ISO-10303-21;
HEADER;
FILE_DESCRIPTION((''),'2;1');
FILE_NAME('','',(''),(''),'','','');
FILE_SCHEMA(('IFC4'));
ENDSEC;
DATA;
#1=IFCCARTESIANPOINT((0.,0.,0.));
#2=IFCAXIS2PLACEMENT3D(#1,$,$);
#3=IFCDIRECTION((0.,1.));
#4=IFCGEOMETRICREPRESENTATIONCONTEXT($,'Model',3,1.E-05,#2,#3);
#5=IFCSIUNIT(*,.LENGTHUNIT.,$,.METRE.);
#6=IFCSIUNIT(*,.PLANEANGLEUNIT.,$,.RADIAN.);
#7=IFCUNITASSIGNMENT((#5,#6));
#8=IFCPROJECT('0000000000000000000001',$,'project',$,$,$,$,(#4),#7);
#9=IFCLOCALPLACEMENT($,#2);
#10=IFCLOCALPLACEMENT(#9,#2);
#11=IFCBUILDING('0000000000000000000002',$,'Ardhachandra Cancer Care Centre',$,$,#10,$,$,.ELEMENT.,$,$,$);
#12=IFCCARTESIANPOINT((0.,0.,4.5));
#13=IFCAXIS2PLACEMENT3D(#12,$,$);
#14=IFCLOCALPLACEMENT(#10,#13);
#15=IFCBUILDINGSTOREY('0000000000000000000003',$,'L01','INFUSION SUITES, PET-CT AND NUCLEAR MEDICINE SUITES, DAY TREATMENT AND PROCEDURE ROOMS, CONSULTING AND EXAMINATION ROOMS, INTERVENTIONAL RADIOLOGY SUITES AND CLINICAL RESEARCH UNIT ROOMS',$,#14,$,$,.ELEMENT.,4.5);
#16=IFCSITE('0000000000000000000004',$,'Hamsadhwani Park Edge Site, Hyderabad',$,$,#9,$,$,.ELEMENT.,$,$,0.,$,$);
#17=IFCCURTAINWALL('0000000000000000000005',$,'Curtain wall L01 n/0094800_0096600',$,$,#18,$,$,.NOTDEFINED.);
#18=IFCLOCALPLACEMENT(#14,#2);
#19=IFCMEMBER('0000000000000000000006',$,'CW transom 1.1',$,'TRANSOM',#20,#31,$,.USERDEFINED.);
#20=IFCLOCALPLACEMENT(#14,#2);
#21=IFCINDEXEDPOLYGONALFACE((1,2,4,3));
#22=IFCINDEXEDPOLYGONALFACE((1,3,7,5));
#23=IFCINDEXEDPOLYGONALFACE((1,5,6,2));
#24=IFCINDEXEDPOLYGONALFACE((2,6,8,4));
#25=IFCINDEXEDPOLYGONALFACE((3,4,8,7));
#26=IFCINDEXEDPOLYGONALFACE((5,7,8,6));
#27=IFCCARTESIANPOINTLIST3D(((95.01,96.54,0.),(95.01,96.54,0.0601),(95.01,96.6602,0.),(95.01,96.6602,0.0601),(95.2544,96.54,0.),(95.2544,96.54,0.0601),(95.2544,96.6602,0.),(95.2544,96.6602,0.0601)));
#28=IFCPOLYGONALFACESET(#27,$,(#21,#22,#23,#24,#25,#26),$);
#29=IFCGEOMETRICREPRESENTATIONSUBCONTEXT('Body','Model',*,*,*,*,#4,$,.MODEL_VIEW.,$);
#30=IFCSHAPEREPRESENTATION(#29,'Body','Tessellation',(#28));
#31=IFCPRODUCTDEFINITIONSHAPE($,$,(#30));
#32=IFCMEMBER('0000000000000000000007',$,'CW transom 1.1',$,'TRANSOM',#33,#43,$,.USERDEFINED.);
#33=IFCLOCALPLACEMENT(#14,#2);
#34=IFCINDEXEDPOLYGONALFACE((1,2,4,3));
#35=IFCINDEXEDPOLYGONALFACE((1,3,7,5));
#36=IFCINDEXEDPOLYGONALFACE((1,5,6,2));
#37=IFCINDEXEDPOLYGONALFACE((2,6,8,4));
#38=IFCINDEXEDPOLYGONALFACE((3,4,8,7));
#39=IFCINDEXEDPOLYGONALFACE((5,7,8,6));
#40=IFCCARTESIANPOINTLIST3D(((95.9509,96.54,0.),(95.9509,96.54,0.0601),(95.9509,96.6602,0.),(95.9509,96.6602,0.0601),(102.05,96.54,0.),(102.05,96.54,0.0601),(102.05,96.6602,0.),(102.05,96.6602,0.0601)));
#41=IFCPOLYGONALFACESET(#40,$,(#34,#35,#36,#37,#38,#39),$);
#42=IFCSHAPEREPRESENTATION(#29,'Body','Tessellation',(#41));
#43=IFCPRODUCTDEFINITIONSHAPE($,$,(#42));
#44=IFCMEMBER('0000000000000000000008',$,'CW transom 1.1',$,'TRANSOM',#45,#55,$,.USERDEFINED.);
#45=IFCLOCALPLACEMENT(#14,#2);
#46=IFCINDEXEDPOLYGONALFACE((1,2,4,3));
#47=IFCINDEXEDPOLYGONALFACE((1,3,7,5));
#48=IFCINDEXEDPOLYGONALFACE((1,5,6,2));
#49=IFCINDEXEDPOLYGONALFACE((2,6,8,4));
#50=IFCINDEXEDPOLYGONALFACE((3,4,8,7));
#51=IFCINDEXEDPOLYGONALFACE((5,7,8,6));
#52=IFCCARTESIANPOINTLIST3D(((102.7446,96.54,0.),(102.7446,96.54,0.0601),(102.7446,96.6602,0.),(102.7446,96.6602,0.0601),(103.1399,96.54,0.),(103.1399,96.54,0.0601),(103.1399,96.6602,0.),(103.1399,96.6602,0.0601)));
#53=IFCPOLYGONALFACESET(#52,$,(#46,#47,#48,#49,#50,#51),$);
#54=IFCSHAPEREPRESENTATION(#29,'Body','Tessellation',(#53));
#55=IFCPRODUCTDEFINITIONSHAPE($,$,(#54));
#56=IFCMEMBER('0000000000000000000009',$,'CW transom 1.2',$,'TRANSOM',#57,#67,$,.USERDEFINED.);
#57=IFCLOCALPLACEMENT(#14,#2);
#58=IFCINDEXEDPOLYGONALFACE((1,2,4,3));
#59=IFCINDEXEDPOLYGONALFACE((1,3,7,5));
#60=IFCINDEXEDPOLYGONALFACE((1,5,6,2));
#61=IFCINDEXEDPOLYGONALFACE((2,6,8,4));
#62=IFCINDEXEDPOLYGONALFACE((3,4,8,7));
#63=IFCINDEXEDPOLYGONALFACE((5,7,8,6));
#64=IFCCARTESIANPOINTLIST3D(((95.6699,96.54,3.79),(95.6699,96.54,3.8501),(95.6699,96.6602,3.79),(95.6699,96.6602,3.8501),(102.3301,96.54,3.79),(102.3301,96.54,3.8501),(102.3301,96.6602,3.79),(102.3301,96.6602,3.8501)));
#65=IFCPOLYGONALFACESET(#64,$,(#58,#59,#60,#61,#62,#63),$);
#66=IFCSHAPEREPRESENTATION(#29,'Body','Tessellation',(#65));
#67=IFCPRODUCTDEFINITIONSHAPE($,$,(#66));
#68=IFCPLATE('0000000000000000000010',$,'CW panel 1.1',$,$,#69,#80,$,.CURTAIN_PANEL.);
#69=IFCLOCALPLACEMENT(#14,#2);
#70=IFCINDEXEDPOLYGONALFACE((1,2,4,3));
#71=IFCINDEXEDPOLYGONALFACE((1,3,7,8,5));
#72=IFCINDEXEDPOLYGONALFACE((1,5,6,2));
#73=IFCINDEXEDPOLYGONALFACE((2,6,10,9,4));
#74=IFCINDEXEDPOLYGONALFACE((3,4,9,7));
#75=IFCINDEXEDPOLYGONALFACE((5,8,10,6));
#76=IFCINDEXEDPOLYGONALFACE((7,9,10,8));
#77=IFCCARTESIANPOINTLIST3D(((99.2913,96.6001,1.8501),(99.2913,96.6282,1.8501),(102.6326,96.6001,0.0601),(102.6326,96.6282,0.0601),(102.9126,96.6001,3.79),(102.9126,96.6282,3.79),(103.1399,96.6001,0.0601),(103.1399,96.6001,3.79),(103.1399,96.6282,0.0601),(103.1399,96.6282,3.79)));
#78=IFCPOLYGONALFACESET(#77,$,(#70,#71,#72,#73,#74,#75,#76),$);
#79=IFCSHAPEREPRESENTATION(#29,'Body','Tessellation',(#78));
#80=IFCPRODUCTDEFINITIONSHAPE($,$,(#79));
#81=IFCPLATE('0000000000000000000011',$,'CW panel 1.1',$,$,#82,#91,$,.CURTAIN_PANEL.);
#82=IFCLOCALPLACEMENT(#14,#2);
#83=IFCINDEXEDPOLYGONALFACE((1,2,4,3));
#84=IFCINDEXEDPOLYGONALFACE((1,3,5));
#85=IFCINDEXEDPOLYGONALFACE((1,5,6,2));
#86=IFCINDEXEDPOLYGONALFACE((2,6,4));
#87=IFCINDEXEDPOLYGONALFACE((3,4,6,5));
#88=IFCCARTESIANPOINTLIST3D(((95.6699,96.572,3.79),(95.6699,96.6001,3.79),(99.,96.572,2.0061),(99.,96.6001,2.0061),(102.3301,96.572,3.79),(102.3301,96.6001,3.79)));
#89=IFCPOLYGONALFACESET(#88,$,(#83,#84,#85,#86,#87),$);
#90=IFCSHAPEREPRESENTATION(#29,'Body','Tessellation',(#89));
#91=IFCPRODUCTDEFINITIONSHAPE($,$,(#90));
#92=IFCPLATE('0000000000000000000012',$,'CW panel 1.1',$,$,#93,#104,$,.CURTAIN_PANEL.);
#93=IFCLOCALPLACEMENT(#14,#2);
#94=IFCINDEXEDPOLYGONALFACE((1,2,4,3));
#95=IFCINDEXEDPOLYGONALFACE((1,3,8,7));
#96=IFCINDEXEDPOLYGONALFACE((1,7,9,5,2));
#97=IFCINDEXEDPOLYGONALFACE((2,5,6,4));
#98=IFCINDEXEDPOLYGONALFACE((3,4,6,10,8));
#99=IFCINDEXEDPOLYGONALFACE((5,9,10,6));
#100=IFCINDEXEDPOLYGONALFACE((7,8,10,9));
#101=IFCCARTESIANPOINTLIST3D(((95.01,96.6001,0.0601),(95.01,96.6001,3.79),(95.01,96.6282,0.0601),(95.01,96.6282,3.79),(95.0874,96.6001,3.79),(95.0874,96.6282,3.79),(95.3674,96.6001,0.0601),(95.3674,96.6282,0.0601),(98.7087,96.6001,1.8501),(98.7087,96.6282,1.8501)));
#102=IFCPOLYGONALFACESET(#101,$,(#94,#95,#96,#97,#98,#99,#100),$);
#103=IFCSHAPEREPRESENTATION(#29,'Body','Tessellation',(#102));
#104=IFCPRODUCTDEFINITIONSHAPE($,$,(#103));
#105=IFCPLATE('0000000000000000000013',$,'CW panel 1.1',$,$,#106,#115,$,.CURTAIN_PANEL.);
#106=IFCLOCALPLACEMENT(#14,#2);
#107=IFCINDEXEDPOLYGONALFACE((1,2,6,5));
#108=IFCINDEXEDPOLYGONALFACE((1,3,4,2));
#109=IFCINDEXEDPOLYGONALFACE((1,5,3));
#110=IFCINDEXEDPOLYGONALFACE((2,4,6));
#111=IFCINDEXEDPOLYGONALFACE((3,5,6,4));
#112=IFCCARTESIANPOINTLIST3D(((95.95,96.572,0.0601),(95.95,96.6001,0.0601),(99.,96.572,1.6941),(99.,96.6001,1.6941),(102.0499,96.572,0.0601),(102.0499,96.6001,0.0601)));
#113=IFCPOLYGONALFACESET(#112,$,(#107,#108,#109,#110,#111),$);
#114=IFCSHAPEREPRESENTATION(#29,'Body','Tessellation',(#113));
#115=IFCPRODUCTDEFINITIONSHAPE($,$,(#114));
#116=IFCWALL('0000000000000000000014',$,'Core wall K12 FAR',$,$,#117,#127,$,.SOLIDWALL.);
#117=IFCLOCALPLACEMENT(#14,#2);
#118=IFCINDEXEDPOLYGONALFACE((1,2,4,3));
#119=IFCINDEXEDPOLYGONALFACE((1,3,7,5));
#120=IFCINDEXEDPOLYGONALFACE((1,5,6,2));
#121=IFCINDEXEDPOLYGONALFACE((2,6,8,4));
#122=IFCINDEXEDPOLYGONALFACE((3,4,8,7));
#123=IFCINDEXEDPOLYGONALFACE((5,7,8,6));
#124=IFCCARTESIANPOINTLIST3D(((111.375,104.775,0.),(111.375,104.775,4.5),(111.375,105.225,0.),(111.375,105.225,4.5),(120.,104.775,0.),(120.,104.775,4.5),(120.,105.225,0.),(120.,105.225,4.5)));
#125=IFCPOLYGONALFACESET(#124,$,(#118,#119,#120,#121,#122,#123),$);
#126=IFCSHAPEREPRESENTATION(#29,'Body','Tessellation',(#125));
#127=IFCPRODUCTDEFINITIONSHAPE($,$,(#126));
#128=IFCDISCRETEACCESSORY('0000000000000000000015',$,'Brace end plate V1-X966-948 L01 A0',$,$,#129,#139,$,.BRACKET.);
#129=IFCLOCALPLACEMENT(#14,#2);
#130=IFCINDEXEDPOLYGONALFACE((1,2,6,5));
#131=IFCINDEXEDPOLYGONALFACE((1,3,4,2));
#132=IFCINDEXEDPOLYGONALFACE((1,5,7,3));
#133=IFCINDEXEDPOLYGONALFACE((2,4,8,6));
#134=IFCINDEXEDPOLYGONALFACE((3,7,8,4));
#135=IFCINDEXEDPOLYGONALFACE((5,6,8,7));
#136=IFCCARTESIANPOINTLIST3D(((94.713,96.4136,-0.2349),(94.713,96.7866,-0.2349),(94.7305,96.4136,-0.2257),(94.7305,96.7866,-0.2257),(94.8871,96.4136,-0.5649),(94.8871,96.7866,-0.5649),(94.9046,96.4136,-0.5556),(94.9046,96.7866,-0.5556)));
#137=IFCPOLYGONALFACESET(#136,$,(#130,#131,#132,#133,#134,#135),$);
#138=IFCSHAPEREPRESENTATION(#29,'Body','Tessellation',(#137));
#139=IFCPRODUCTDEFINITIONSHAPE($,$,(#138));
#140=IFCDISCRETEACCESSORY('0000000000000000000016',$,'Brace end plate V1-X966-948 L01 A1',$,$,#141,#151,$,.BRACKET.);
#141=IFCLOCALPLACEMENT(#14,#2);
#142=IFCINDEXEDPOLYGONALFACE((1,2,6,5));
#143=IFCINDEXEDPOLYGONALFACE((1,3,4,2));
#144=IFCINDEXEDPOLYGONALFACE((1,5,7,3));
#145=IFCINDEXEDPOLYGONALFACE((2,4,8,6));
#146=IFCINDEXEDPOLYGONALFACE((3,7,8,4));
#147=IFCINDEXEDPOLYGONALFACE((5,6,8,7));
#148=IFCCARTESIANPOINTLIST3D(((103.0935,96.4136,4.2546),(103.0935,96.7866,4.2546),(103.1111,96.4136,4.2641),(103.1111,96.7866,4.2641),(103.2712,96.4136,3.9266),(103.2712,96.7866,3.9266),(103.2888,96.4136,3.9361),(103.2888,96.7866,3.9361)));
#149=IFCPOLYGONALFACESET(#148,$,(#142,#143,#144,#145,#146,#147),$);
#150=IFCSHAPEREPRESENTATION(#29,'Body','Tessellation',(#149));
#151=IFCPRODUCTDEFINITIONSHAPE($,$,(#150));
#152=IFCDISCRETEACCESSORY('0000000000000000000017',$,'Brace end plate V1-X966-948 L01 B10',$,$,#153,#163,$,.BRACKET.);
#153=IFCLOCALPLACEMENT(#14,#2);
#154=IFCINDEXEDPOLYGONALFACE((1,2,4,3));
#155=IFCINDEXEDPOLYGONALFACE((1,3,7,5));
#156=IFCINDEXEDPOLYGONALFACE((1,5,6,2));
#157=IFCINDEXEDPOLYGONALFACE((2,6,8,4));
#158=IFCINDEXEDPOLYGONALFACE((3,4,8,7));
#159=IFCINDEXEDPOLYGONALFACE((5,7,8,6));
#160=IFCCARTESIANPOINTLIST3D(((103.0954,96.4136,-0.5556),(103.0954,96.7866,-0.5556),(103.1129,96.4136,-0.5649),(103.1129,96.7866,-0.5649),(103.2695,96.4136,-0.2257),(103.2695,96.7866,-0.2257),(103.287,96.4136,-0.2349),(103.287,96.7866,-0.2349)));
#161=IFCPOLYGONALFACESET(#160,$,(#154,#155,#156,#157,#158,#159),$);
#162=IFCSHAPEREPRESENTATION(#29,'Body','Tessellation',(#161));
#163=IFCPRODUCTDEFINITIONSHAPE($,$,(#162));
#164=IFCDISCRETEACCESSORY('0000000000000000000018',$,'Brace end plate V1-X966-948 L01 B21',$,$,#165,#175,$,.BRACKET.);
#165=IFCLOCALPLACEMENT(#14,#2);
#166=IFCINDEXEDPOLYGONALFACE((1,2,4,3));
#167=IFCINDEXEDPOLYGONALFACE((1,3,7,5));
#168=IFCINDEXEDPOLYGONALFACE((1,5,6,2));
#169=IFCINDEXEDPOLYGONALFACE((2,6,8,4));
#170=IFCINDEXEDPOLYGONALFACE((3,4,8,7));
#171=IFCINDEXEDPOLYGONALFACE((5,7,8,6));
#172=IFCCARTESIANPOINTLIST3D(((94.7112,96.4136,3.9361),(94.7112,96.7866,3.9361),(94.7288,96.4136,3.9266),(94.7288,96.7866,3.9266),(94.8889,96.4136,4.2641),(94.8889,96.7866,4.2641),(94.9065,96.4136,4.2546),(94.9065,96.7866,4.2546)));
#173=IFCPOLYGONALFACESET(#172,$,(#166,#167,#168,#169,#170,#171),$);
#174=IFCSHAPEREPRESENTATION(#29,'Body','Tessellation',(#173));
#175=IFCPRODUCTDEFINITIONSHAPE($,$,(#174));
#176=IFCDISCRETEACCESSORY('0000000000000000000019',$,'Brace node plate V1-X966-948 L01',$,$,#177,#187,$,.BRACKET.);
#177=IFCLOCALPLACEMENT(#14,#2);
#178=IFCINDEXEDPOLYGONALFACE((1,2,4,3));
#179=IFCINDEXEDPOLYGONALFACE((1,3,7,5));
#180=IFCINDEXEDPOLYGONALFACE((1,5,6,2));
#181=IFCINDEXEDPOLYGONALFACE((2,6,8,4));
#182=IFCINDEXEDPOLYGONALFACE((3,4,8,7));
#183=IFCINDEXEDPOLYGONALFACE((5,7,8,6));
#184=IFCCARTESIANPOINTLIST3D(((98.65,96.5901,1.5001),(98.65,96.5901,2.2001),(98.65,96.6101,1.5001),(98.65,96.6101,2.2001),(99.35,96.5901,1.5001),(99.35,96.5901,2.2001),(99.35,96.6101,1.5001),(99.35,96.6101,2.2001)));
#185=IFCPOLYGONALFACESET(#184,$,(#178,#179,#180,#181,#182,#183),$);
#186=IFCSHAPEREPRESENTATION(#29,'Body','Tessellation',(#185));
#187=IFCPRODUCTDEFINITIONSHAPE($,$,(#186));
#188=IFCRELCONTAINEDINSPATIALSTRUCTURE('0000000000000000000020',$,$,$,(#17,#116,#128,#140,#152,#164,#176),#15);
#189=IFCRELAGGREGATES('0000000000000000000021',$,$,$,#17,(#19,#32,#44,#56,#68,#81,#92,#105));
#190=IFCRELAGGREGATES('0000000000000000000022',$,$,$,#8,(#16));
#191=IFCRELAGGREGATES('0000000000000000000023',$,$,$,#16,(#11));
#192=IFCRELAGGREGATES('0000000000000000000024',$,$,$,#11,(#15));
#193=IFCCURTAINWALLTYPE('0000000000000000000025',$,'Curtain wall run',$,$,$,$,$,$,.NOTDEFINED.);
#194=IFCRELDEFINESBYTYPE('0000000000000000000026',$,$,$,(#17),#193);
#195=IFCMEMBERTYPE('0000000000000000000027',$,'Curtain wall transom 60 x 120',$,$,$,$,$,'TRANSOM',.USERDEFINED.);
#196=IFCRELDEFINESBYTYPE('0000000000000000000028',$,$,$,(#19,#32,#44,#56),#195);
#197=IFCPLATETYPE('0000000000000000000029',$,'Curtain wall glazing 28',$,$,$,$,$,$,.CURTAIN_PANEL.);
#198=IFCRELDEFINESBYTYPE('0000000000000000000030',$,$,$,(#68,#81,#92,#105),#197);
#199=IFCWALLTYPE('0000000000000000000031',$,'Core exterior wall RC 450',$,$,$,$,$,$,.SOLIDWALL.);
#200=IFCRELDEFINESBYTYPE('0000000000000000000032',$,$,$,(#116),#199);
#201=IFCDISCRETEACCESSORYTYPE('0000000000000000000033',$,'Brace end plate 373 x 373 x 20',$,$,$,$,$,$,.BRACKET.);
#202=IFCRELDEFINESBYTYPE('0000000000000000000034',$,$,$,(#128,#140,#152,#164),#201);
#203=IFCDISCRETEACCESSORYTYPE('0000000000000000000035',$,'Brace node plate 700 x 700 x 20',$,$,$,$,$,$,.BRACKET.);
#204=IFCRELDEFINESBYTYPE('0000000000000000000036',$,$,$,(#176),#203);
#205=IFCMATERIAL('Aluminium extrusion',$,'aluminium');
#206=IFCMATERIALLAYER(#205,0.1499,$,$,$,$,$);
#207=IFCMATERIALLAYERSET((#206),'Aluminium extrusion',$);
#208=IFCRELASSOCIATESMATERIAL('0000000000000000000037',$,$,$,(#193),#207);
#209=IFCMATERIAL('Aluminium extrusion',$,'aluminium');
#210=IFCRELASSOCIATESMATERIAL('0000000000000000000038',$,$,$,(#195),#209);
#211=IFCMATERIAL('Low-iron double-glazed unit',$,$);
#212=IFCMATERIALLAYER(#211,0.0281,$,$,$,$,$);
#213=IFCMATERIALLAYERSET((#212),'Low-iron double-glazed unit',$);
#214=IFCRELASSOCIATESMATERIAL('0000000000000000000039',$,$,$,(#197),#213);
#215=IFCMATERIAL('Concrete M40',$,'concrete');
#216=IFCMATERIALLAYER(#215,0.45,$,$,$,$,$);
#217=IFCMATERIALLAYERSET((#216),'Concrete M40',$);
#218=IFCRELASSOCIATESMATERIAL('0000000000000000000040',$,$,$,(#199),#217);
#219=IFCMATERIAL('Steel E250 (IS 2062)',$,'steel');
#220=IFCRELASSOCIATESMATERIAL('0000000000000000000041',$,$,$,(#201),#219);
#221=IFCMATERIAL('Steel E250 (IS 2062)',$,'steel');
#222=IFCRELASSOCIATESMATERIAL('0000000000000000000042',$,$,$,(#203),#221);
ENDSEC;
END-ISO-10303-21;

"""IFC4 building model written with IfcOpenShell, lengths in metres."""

from ifc_helpers import new_model, si_unit, direction, frame, frame_2d, origin, origin_2d, place, context, subcontext, project, spatial, polyline, rectangle, outline, extrude, material, layer, layer_set, material_profile, profile_set, type_object, element, aggregate, save


model = new_model("IFC4")

# Units and contexts
model_context = context("Model", 3, precision=1e-05, world=origin(), true_north=direction((0.0, 1.0)))
body_context = subcontext(model_context, "Body", "Model", "MODEL_VIEW")
ifc_project = project(units=[si_unit("LENGTHUNIT", "METRE"), si_unit("PLANEANGLEUNIT", "RADIAN")], contexts=[model_context])

# Site, building, storey
site_placement = place(None, origin())
site = spatial("IfcSite", under=ifc_project, at=site_placement, Name="Hamsadhwani Park Edge Site, Hyderabad", CompositionType="ELEMENT", RefElevation=0.0)
building_placement = place(site_placement, origin())
building = spatial("IfcBuilding", under=site, at=building_placement, Name="Ardhachandra Cancer Care Centre", CompositionType="ELEMENT")
storey_placement = place(building_placement, frame((0.0, 0.0, 4.5)))
storey = spatial("IfcBuildingStorey", under=building, at=storey_placement, Name="L01", Description="INFUSION SUITES, PET-CT AND NUCLEAR MEDICINE SUITES, DAY TREATMENT AND PROCEDURE ROOMS, CONSULTING AND EXAMINATION ROOMS, INTERVENTIONAL RADIOLOGY SUITES AND CLINICAL RESEARCH UNIT ROOMS", CompositionType="ELEMENT", Elevation=4.5)

# Curtain wall, members, plates
ifc_material_1 = material(Name="Aluminium extrusion", Category="aluminium")
ifc_layer_1 = layer(ifc_material_1, 0.1499)
ifc_layer_set_1 = layer_set([ifc_layer_1], Name="Aluminium extrusion")
curtain_wall_type = type_object("IfcCurtainWallType", Name="Curtain wall run", PredefinedType="NOTDEFINED", material=ifc_layer_set_1)
curtain_wall_placement = place(storey_placement, origin())
curtain_wall = element("IfcCurtainWall", 1, at=curtain_wall_placement, inside=storey, type_object=curtain_wall_type, Name="Curtain wall L01 n/0094800_0096600", PredefinedType="NOTDEFINED")
ifc_material_2 = material(Name="Aluminium extrusion", Category="aluminium")
ifc_material_profile_1 = material_profile(ifc_material_2, rectangle(XDim=0.1201, YDim=0.0601, at=origin_2d()), Name="Curtain wall transom 60 x 120")
ifc_profile_set_1 = profile_set([ifc_material_profile_1], Name="Aluminium extrusion")
member_type_1 = type_object("IfcMemberType", Name="Curtain wall transom 60 x 120", ElementType="TRANSOM", PredefinedType="USERDEFINED", material=ifc_profile_set_1)
member_1_placement = place(storey_placement, frame((95.01, 96.6001, 0.03), z_axis=(1.0, 0.0, 0.0), x_axis=(0.0, 1.0, 0.0)))
member_1 = element("IfcMember", 2, at=member_1_placement, type_object=member_type_1, Name="CW transom 1.1", ObjectType="TRANSOM", PredefinedType="USERDEFINED", context=body_context, shape_type="SweptSolid", body=[
    extrude(rectangle(XDim=0.1201, YDim=0.0601, at=origin_2d()), origin(), (0.0, 0.0, 1.0), 0.2444),
])
member_2_placement = place(storey_placement, frame((95.9509, 96.6001, 0.03), z_axis=(1.0, 0.0, 0.0), x_axis=(0.0, 1.0, 0.0)))
member_2 = element("IfcMember", 3, at=member_2_placement, type_object=member_type_1, Name="CW transom 1.1", ObjectType="TRANSOM", PredefinedType="USERDEFINED", context=body_context, shape_type="SweptSolid", body=[
    extrude(rectangle(XDim=0.1201, YDim=0.0601, at=origin_2d()), origin(), (0.0, 0.0, 1.0), 6.0991),
])
member_3_placement = place(storey_placement, frame((102.7446, 96.6001, 0.03), z_axis=(1.0, 0.0, 0.0), x_axis=(0.0, 1.0, 0.0)))
member_3 = element("IfcMember", 4, at=member_3_placement, type_object=member_type_1, Name="CW transom 1.1", ObjectType="TRANSOM", PredefinedType="USERDEFINED", context=body_context, shape_type="SweptSolid", body=[
    extrude(rectangle(XDim=0.1201, YDim=0.0601, at=origin_2d()), origin(), (0.0, 0.0, 1.0), 0.3953),
])
member_4_placement = place(storey_placement, frame((95.6699, 96.6001, 3.8201), z_axis=(1.0, 0.0, 0.0), x_axis=(0.0, 1.0, 0.0)))
member_4 = element("IfcMember", 5, at=member_4_placement, type_object=member_type_1, Name="CW transom 1.2", ObjectType="TRANSOM", PredefinedType="USERDEFINED", context=body_context, shape_type="SweptSolid", body=[
    extrude(rectangle(XDim=0.1201, YDim=0.0601, at=origin_2d()), origin(), (0.0, 0.0, 1.0), 6.6602),
])
ifc_material_3 = material(Name="Low-iron double-glazed unit")
ifc_layer_2 = layer(ifc_material_3, 0.0281)
ifc_layer_set_2 = layer_set([ifc_layer_2], Name="Low-iron double-glazed unit")
plate_type = type_object("IfcPlateType", Name="Curtain wall glazing 28", PredefinedType="CURTAIN_PANEL", material=ifc_layer_set_2)
plate_1_placement = place(storey_placement, frame((103.1399, 96.6001, 3.79), z_axis=(0.0, 1.0, 0.0), x_axis=(0.0, 0.0, -1.0)))
plate_1 = element("IfcPlate", 6, at=plate_1_placement, type_object=plate_type, Name="CW panel 1.1", PredefinedType="CURTAIN_PANEL", context=body_context, shape_type="SweptSolid", body=[
    extrude(outline(polyline([(0.0, 0.0), (3.73, 0.0), (3.73, 0.5073), (1.9399, 3.8486), (0.0, 0.2273), (0.0, 0.0)])), origin(), (0.0, 0.0, 1.0), 0.0281),
])
plate_2_placement = place(storey_placement, frame((102.3301, 96.6001, 3.79), z_axis=(0.0, 1.0, 0.0), x_axis=(-0.881484, 0.0, -0.472214)))
plate_2 = element("IfcPlate", 7, at=plate_2_placement, type_object=plate_type, Name="CW panel 1.1", PredefinedType="CURTAIN_PANEL", context=body_context, shape_type="SweptSolid", body=[
    extrude(outline(polyline([(0.0, 0.0), (3.7778, 0.0), (5.8708, 3.145), (0.0, 0.0)])), frame((0.0, 0.0, -0.0281)), (0.0, 0.0, 1.0), 0.0281),
])
plate_3_placement = place(storey_placement, frame((95.01, 96.6001, 0.0601), z_axis=(0.0, 1.0, 0.0), x_axis=(0.0, 0.0, 1.0)))
plate_3 = element("IfcPlate", 8, at=plate_3_placement, type_object=plate_type, Name="CW panel 1.1", PredefinedType="CURTAIN_PANEL", context=body_context, shape_type="SweptSolid", body=[
    extrude(outline(polyline([(0.0, 0.0), (3.73, 0.0), (3.73, 0.0774), (1.79, 3.6987), (0.0, 0.3574), (0.0, 0.0)])), origin(), (0.0, 0.0, 1.0), 0.0281),
])
plate_4_placement = place(storey_placement, frame((95.95, 96.6001, 0.0601), z_axis=(0.0, 1.0, 0.0), x_axis=(0.881471, 0.0, 0.472239)))
plate_4 = element("IfcPlate", 9, at=plate_4_placement, type_object=plate_type, Name="CW panel 1.1", PredefinedType="CURTAIN_PANEL", context=body_context, shape_type="SweptSolid", body=[
    extrude(outline(polyline([(0.0, 0.0), (3.4602, 0.0), (5.377, 2.8806), (0.0, 0.0)])), frame((0.0, 0.0, -0.0281)), (0.0, 0.0, 1.0), 0.0281),
])
aggregate(curtain_wall, [member_1, member_2, member_3, member_4, plate_1, plate_2, plate_3, plate_4])

# Wall
ifc_material_4 = material(Name="Concrete M40", Category="concrete")
ifc_layer_3 = layer(ifc_material_4, 0.45)
ifc_layer_set_3 = layer_set([ifc_layer_3], Name="Concrete M40")
wall_type = type_object("IfcWallType", Name="Core exterior wall RC 450", PredefinedType="SOLIDWALL", material=ifc_layer_set_3)
wall_placement = place(storey_placement, frame((111.375, 105.0, 0.0), z_axis=(0.0, 0.0, 1.0), x_axis=(1.0, 0.0, 0.0)))
element("IfcWall", 10, at=wall_placement, inside=storey, type_object=wall_type, Name="Core wall K12 FAR", PredefinedType="SOLIDWALL", context=body_context, shape_type="SweptSolid", body=[
    extrude(rectangle(XDim=8.625, YDim=0.45, at=frame_2d((4.3125, 0.0))), origin(), (0.0, 0.0, 1.0), 4.5),
])

# Discrete accessories
ifc_material_5 = material(Name="Steel E250 (IS 2062)", Category="steel")
ifc_material_profile_2 = material_profile(ifc_material_5, rectangle(XDim=0.373, YDim=0.373, at=origin_2d()), Name="PL 373x373x20")
ifc_profile_set_2 = profile_set([ifc_material_profile_2], Name="Steel E250 (IS 2062)")
discrete_accessory_type_1 = type_object("IfcDiscreteAccessoryType", Name="Brace end plate 373 x 373 x 20", PredefinedType="BRACKET", material=ifc_profile_set_2)
discrete_accessory_1_placement = place(storey_placement, frame((94.8, 96.6001, -0.3999), z_axis=(0.884385, 0.0, 0.466759), x_axis=(0.0, 1.0, 0.0)))
element("IfcDiscreteAccessory", 11, at=discrete_accessory_1_placement, inside=storey, type_object=discrete_accessory_type_1, Name="Brace end plate V1-X966-948 L01 A0", PredefinedType="BRACKET", context=body_context, shape_type="SweptSolid", body=[
    extrude(rectangle(XDim=0.373, YDim=0.373, at=origin_2d()), origin(), (0.0, 0.0, 1.0), 0.0198),
])
discrete_accessory_2_placement = place(storey_placement, frame((103.2, 96.6001, 4.1001), z_axis=(-0.879292, 0.0, -0.476283), x_axis=(0.0, -1.0, 0.0)))
element("IfcDiscreteAccessory", 12, at=discrete_accessory_2_placement, inside=storey, type_object=discrete_accessory_type_1, Name="Brace end plate V1-X966-948 L01 A1", PredefinedType="BRACKET", context=body_context, shape_type="SweptSolid", body=[
    extrude(rectangle(XDim=0.373, YDim=0.373, at=origin_2d()), origin(), (0.0, 0.0, 1.0), 0.02),
])
discrete_accessory_3_placement = place(storey_placement, frame((103.2, 96.6001, -0.3999), z_axis=(-0.884385, 0.0, 0.466759), x_axis=(0.0, -1.0, 0.0)))
element("IfcDiscreteAccessory", 13, at=discrete_accessory_3_placement, inside=storey, type_object=discrete_accessory_type_1, Name="Brace end plate V1-X966-948 L01 B10", PredefinedType="BRACKET", context=body_context, shape_type="SweptSolid", body=[
    extrude(rectangle(XDim=0.373, YDim=0.373, at=origin_2d()), origin(), (0.0, 0.0, 1.0), 0.0198),
])
discrete_accessory_4_placement = place(storey_placement, frame((94.8, 96.6001, 4.1001), z_axis=(0.879292, 0.0, -0.476283), x_axis=(0.0, 1.0, 0.0)))
element("IfcDiscreteAccessory", 14, at=discrete_accessory_4_placement, inside=storey, type_object=discrete_accessory_type_1, Name="Brace end plate V1-X966-948 L01 B21", PredefinedType="BRACKET", context=body_context, shape_type="SweptSolid", body=[
    extrude(rectangle(XDim=0.373, YDim=0.373, at=origin_2d()), origin(), (0.0, 0.0, 1.0), 0.02),
])
ifc_material_6 = material(Name="Steel E250 (IS 2062)", Category="steel")
ifc_material_profile_3 = material_profile(ifc_material_6, rectangle(XDim=0.7, YDim=0.7, at=origin_2d()), Name="PL 700x700x20")
ifc_profile_set_3 = profile_set([ifc_material_profile_3], Name="Steel E250 (IS 2062)")
discrete_accessory_type_2 = type_object("IfcDiscreteAccessoryType", Name="Brace node plate 700 x 700 x 20", PredefinedType="BRACKET", material=ifc_profile_set_3)
discrete_accessory_5_placement = place(storey_placement, frame((99.0, 96.5901, 1.8501), z_axis=(0.0, 1.0, 0.0), x_axis=(-1.0, 0.0, 0.0)))
element("IfcDiscreteAccessory", 15, at=discrete_accessory_5_placement, inside=storey, type_object=discrete_accessory_type_2, Name="Brace node plate V1-X966-948 L01", PredefinedType="BRACKET", context=body_context, shape_type="SweptSolid", body=[
    extrude(rectangle(XDim=0.7, YDim=0.7, at=origin_2d()), origin(), (0.0, 0.0, 1.0), 0.02),
])

save(model, "model.ifc")
